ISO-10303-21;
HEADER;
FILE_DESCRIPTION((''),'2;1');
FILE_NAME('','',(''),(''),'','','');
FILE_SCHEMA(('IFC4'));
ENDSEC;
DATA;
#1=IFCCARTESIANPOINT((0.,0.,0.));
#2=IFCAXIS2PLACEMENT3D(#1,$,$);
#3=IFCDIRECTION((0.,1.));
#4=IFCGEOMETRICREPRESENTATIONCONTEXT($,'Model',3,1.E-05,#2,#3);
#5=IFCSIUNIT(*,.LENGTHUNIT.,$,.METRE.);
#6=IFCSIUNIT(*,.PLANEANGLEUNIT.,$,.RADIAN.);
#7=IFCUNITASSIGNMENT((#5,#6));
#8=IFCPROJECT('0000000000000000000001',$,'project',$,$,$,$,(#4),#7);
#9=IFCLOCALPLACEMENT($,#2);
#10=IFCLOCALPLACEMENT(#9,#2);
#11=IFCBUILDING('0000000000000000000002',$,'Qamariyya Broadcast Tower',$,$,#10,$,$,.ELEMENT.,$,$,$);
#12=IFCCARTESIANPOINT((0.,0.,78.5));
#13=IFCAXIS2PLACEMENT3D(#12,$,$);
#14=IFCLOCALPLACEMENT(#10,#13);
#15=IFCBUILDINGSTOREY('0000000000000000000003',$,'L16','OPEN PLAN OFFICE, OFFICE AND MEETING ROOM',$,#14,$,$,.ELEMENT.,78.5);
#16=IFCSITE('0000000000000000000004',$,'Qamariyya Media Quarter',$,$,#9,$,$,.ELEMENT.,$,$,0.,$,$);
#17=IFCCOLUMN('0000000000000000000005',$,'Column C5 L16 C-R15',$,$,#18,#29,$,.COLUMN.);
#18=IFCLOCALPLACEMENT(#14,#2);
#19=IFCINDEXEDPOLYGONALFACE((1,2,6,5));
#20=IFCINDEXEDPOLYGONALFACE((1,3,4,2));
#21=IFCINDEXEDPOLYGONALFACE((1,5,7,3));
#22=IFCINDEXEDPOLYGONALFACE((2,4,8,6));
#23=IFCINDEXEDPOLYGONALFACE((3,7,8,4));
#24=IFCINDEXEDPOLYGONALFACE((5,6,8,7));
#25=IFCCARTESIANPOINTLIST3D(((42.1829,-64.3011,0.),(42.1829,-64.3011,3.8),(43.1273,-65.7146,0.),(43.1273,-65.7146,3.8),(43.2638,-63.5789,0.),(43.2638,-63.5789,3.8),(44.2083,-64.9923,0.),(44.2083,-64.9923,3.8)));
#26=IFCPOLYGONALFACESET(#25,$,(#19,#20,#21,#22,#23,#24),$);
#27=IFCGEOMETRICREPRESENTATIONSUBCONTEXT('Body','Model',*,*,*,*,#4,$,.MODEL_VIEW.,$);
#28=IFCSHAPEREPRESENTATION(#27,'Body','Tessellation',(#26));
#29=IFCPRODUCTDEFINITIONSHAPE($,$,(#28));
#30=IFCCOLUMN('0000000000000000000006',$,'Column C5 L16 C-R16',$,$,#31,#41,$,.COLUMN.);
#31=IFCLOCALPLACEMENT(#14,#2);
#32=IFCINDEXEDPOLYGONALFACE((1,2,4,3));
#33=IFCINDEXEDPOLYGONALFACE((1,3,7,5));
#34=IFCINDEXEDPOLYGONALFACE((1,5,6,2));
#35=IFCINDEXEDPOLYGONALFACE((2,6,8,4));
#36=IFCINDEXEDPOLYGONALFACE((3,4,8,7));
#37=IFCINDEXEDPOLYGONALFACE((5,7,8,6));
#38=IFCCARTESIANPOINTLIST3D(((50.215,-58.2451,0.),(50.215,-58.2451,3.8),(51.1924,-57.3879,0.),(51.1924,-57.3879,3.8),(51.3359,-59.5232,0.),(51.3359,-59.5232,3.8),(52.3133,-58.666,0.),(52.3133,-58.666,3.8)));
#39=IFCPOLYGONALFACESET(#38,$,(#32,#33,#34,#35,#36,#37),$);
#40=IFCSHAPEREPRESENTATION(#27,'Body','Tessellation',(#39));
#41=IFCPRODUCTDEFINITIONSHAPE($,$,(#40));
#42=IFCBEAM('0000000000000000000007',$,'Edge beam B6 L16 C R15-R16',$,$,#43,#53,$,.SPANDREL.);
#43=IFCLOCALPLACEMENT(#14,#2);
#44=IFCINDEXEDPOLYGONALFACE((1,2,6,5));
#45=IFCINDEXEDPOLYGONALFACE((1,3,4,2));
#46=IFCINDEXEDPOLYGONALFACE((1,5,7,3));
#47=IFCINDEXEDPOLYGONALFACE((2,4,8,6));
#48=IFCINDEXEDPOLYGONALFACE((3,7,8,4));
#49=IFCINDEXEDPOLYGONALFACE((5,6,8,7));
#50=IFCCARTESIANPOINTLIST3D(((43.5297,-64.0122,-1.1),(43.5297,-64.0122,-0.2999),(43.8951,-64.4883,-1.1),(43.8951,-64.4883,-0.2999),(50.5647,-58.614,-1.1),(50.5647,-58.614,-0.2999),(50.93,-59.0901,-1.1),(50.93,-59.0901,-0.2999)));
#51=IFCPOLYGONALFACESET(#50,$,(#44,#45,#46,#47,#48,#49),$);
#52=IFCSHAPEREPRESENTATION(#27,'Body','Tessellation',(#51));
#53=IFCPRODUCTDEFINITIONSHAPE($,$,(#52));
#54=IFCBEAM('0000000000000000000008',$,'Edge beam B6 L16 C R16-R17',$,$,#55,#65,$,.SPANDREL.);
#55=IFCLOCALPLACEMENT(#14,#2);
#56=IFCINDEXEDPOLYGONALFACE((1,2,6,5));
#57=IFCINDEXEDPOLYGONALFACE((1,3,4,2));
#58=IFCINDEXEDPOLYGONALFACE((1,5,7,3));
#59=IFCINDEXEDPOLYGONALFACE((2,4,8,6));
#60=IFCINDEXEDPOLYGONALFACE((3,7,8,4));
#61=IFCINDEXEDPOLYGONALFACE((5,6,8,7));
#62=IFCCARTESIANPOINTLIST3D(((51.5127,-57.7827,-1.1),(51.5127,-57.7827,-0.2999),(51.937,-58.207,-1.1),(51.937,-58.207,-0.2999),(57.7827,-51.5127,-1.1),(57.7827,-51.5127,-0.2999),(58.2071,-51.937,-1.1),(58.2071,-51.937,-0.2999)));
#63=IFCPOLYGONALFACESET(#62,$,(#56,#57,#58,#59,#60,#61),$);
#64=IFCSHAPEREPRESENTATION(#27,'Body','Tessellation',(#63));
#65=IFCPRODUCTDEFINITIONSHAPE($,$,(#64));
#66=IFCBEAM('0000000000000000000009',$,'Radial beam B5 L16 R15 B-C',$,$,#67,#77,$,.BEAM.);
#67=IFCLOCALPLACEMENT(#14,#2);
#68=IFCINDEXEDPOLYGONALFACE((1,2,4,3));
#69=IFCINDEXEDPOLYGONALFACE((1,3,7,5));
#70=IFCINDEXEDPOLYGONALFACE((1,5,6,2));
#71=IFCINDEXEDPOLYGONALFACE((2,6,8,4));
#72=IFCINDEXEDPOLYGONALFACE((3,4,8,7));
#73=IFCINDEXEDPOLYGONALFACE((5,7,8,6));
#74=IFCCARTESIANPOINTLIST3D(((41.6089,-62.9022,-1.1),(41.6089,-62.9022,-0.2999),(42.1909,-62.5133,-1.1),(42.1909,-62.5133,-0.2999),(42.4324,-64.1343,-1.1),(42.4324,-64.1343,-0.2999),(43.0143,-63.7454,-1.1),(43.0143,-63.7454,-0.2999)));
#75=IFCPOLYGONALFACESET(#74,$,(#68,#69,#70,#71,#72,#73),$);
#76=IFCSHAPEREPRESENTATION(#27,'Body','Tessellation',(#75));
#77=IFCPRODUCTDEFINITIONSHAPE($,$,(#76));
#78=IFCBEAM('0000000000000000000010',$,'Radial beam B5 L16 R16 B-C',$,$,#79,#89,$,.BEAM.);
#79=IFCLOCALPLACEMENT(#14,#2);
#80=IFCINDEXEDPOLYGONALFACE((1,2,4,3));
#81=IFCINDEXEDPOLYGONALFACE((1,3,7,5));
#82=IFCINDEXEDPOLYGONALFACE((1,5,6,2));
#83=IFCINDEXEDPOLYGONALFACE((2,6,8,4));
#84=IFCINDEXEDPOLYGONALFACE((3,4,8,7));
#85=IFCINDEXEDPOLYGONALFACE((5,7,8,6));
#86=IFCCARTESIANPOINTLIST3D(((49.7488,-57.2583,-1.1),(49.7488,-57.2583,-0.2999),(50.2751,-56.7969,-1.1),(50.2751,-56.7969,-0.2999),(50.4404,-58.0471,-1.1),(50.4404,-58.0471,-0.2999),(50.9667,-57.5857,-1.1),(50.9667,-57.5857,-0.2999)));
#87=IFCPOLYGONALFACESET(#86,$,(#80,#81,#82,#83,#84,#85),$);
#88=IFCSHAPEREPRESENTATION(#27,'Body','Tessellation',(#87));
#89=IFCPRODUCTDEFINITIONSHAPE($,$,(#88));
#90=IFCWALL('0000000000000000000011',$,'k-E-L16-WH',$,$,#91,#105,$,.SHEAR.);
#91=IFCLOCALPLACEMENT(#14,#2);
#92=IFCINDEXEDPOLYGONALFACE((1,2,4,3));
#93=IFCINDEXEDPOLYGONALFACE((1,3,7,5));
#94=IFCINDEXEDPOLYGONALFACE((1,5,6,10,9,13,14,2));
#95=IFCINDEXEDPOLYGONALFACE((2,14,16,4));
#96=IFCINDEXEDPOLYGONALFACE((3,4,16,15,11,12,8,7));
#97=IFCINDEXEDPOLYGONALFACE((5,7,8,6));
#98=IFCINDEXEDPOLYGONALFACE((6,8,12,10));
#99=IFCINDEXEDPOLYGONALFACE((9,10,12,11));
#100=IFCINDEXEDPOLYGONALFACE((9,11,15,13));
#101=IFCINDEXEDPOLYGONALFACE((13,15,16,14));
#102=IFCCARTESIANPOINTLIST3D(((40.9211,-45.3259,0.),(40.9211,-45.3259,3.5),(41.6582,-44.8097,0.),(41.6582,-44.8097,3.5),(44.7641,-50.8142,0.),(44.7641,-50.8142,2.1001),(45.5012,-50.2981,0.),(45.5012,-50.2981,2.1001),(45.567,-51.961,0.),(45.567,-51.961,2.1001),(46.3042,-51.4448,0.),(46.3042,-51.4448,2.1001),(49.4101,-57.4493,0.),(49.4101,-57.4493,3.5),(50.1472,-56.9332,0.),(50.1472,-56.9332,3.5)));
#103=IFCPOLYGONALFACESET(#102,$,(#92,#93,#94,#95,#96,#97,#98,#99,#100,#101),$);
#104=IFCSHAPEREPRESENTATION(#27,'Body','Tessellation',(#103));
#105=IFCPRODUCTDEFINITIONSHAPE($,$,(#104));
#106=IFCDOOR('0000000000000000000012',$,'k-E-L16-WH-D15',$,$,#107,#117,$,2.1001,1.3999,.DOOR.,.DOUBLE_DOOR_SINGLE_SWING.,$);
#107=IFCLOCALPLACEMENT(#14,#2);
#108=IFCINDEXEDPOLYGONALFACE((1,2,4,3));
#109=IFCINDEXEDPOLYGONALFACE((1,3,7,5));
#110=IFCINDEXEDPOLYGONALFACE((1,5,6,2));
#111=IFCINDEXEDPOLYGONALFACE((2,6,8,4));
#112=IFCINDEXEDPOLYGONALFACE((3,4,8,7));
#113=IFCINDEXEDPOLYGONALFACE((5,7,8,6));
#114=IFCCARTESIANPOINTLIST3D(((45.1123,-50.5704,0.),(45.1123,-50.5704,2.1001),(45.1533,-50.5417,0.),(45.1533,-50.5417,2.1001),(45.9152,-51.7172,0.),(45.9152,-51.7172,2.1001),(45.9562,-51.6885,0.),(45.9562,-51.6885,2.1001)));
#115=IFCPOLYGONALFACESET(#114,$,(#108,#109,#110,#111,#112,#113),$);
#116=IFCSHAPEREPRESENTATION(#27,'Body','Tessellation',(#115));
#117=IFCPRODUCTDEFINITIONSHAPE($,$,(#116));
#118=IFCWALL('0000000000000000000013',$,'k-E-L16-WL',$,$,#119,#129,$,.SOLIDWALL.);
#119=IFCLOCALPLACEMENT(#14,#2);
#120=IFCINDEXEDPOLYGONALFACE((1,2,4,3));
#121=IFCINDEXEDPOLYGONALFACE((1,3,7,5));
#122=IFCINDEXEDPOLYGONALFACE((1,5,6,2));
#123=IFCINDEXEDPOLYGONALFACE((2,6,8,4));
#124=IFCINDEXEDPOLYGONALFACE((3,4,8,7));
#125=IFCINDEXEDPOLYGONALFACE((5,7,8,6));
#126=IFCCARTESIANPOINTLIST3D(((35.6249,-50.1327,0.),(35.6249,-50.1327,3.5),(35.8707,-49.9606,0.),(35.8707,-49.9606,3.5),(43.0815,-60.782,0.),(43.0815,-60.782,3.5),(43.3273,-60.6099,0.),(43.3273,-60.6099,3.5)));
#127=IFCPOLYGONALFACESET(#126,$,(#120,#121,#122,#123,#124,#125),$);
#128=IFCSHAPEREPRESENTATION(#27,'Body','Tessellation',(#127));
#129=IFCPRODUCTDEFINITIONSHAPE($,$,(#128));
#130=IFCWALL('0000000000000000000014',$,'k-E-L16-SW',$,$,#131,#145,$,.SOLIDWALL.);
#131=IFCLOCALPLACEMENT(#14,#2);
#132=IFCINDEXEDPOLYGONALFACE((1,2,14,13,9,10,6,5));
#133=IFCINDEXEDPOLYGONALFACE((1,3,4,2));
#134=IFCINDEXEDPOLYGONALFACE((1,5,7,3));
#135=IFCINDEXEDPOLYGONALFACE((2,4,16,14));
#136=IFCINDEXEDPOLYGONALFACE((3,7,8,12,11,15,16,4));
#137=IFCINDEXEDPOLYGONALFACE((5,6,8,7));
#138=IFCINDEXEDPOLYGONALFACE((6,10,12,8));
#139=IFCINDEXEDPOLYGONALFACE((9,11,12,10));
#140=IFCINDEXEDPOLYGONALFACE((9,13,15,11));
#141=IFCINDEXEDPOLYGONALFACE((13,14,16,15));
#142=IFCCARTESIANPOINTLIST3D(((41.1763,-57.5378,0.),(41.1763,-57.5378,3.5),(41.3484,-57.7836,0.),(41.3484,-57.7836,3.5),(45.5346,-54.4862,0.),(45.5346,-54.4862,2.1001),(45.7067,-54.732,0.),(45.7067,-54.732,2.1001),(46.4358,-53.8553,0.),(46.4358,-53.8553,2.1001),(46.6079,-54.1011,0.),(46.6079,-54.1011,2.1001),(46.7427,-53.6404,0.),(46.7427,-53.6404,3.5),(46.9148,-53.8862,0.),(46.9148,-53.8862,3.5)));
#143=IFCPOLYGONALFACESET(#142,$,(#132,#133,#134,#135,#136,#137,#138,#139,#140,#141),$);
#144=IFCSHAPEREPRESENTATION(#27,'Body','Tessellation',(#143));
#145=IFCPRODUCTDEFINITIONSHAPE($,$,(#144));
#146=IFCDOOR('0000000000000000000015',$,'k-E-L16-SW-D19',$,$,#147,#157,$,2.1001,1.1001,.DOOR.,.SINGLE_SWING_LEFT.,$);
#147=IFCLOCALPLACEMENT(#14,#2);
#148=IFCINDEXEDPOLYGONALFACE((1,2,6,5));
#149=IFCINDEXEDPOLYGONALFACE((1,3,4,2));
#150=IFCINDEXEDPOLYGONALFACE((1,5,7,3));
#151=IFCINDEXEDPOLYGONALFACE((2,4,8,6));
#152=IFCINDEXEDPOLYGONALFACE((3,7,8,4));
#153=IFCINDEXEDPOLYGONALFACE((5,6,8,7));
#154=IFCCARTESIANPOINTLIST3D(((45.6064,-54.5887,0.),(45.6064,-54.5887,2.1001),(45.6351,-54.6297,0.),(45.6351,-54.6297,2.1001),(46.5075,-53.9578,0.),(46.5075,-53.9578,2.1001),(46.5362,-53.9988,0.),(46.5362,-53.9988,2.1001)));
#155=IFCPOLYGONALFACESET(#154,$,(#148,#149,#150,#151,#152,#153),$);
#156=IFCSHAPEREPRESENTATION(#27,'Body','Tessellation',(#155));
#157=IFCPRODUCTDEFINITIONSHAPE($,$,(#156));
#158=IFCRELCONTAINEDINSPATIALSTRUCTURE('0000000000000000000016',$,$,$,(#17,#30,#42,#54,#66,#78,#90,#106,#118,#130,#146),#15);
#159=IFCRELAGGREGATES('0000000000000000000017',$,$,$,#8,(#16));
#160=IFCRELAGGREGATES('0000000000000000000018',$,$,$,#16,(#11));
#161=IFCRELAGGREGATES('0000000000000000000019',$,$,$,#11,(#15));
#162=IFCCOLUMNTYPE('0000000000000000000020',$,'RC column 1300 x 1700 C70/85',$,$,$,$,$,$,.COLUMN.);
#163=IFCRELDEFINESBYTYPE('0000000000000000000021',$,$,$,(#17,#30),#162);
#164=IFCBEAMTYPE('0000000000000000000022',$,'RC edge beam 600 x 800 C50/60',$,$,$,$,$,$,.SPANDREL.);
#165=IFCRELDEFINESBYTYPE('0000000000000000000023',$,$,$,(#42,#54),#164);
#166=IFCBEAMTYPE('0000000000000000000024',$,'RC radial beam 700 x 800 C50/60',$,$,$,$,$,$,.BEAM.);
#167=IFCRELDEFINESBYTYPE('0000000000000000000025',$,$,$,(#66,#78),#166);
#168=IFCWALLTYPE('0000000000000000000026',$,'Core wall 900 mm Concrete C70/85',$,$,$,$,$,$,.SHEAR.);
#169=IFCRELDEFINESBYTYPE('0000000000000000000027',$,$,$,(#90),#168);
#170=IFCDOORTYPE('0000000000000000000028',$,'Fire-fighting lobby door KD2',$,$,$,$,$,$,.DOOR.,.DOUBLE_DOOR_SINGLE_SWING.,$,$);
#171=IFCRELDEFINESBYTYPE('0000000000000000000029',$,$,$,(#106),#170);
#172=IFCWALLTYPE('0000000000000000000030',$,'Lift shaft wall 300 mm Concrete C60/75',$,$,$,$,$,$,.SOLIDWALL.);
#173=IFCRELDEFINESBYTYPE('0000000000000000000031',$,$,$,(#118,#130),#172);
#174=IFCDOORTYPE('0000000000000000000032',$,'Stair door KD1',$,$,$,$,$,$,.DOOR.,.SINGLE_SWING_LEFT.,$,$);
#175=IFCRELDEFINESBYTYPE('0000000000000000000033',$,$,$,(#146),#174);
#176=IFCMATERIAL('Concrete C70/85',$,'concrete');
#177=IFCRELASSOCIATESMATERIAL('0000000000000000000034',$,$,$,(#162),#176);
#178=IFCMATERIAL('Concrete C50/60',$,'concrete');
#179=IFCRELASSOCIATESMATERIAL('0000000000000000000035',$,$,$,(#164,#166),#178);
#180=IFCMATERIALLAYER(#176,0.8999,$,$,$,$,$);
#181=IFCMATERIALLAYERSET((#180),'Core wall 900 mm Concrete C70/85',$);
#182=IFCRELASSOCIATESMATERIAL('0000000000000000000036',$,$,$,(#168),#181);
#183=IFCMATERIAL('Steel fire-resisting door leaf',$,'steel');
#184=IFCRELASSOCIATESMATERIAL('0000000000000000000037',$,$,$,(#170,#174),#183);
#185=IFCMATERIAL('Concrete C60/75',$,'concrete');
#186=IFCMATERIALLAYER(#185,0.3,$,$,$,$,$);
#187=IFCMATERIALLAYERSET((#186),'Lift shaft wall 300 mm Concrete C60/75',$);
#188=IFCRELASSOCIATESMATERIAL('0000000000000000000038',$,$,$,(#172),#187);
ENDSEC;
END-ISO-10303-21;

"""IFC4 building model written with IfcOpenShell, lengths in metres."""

from ifc_helpers import new_model, si_unit, direction, frame, frame_2d, origin, origin_2d, place, context, subcontext, project, spatial, rectangle, extrude, material, layer, layer_set, material_profile, profile_set, type_object, element, fill, save


model = new_model("IFC4")

# Units and contexts
model_context = context("Model", 3, precision=1e-05, world=origin(), true_north=direction((0.0, 1.0)))
body_context = subcontext(model_context, "Body", "Model", "MODEL_VIEW")
ifc_project = project(units=[si_unit("LENGTHUNIT", "METRE"), si_unit("PLANEANGLEUNIT", "RADIAN")], contexts=[model_context])

# Site, building, storey
site_placement = place(None, origin())
site = spatial("IfcSite", under=ifc_project, at=site_placement, Name="Qamariyya Media Quarter", CompositionType="ELEMENT", RefElevation=0.0)
building_placement = place(site_placement, origin())
building = spatial("IfcBuilding", under=site, at=building_placement, Name="Qamariyya Broadcast Tower", CompositionType="ELEMENT")
storey_placement = place(building_placement, frame((0.0, 0.0, 78.5)))
storey = spatial("IfcBuildingStorey", under=building, at=storey_placement, Name="L16", Description="OPEN PLAN OFFICE, OFFICE AND MEETING ROOM", CompositionType="ELEMENT", Elevation=78.5)

# Columns
ifc_material_1 = material(Name="Concrete C70/85", Category="concrete")
ifc_material_profile_1 = material_profile(ifc_material_1, rectangle(XDim=1.3, YDim=1.7, at=origin_2d()))
ifc_profile_set_1 = profile_set([ifc_material_profile_1], Name="Concrete C70/85")
column_type = type_object("IfcColumnType", Name="RC column 1300 x 1700 C70/85", PredefinedType="COLUMN", material=ifc_profile_set_1)
for number, where, z_axis, x_axis, name in (
    (1, (43.1956, -64.6467, 0.0), (0.0, 0.0, 1.0), (0.83147, 0.55557, 0.0), "Column C5 L16 C-R15"),
    (2, (51.2642, -58.4556, 0.0), (0.0, 0.0, 1.0), (0.75184, 0.659346, 0.0), "Column C5 L16 C-R16"),
):
    element("IfcColumn", number, at=place(storey_placement, frame(where, z_axis=z_axis, x_axis=x_axis)), inside=storey, type_object=column_type, Name=name, PredefinedType="COLUMN", context=body_context, shape_type="SweptSolid", body=[
        extrude(rectangle(XDim=1.3, YDim=1.7, at=origin_2d()), origin(), (0.0, 0.0, 1.0), 3.8),
    ])

# Beams
ifc_material_2 = material(Name="Concrete C50/60", Category="concrete")
ifc_material_profile_2 = material_profile(ifc_material_2, rectangle(XDim=0.6001, YDim=0.8, at=origin_2d()))
ifc_profile_set_2 = profile_set([ifc_material_profile_2], Name="Concrete C50/60")
beam_type_1 = type_object("IfcBeamType", Name="RC edge beam 600 x 800 C50/60", PredefinedType="SPANDREL", material=ifc_profile_set_2)
beam_1_placement = place(storey_placement, frame((43.7124, -64.2502, -0.7), z_axis=(0.793347, 0.60877, 0.0), x_axis=(-0.60877, 0.793347, 0.0)))
element("IfcBeam", 3, at=beam_1_placement, inside=storey, type_object=beam_type_1, Name="Edge beam B6 L16 C R15-R16", PredefinedType="SPANDREL", context=body_context, shape_type="SweptSolid", body=[
    extrude(rectangle(XDim=0.6001, YDim=0.8, at=origin_2d()), origin(), (0.0, 0.0, 1.0), 8.8674),
])
beam_2_placement = place(storey_placement, frame((51.7249, -57.9949, -0.7), z_axis=(0.707107, 0.707107, 0.0), x_axis=(-0.707107, 0.707107, 0.0)))
element("IfcBeam", 4, at=beam_2_placement, inside=storey, type_object=beam_type_1, Name="Edge beam B6 L16 C R16-R17", PredefinedType="SPANDREL", context=body_context, shape_type="SweptSolid", body=[
    extrude(rectangle(XDim=0.6001, YDim=0.8, at=origin_2d()), origin(), (0.0, 0.0, 1.0), 8.8672),
])
ifc_material_profile_3 = material_profile(ifc_material_2, rectangle(XDim=0.7, YDim=0.8, at=origin_2d()))
ifc_profile_set_3 = profile_set([ifc_material_profile_3], Name="Concrete C50/60")
beam_type_2 = type_object("IfcBeamType", Name="RC radial beam 700 x 800 C50/60", PredefinedType="BEAM", material=ifc_profile_set_3)
beam_3_placement = place(storey_placement, frame((41.8999, -62.7078, -0.7), z_axis=(0.55565, -0.831416, 0.0), x_axis=(0.831416, 0.55565, 0.0)))
element("IfcBeam", 5, at=beam_3_placement, inside=storey, type_object=beam_type_2, Name="Radial beam B5 L16 R15 B-C", PredefinedType="BEAM", context=body_context, shape_type="SweptSolid", body=[
    extrude(rectangle(XDim=0.7, YDim=0.8, at=origin_2d()), origin(), (0.0, 0.0, 1.0), 1.4819),
])
beam_4_placement = place(storey_placement, frame((50.012, -57.0276, -0.7), z_axis=(0.659279, -0.751899, 0.0), x_axis=(0.751899, 0.659279, 0.0)))
element("IfcBeam", 6, at=beam_4_placement, inside=storey, type_object=beam_type_2, Name="Radial beam B5 L16 R16 B-C", PredefinedType="BEAM", context=body_context, shape_type="SweptSolid", body=[
    extrude(rectangle(XDim=0.7, YDim=0.8, at=origin_2d()), origin(), (0.0, 0.0, 1.0), 1.0491),
])

# Wall, opening, door
ifc_layer_1 = layer(ifc_material_1, 0.8999)
ifc_layer_set_1 = layer_set([ifc_layer_1], Name="Core wall 900 mm Concrete C70/85")
wall_type_1 = type_object("IfcWallType", Name="Core wall 900 mm Concrete C70/85", PredefinedType="SHEAR", material=ifc_layer_set_1)
wall_1_placement = place(storey_placement, frame((49.7786, -57.1912, 0.0), z_axis=(0.0, 0.0, 1.0), x_axis=(-0.573577, 0.819151, 0.0)))
wall_1 = element("IfcWall", 7, at=wall_1_placement, inside=storey, type_object=wall_type_1, Name="k-E-L16-WH", PredefinedType="SHEAR", context=body_context, shape_type="SweptSolid", body=[
    extrude(rectangle(XDim=14.8, YDim=0.8999, at=frame_2d((7.3999, 0.0))), origin(), (0.0, 0.0, 1.0), 3.5),
])
opening_1_placement = place(wall_1_placement, frame((6.7, 0.0, 0.0)))
opening_1 = element("IfcOpeningElement", 8, at=opening_1_placement, cuts=wall_1, PredefinedType="OPENING", context=body_context, shape_type="SweptSolid", body=[
    extrude(rectangle(XDim=1.3999, YDim=2.1001, at=frame_2d((0.7, 1.05))), frame((0.0, 0.46, 0.0), z_axis=(0.0, -1.0, 0.0), x_axis=(1.0, 0.0, 0.0)), (0.0, 0.0, 1.0), 0.9199),
])
ifc_material_3 = material(Name="Steel fire-resisting door leaf", Category="steel")
door_type_1 = type_object("IfcDoorType", Name="Fire-fighting lobby door KD2", OperationType="DOUBLE_DOOR_SINGLE_SWING", PredefinedType="DOOR", material=ifc_material_3)
door_1_placement = place(opening_1_placement, origin())
door_1 = element("IfcDoor", 9, at=door_1_placement, inside=storey, type_object=door_type_1, Name="k-E-L16-WH-D15", OperationType="DOUBLE_DOOR_SINGLE_SWING", OverallHeight=2.1001, OverallWidth=1.3999, PredefinedType="DOOR", context=body_context, shape_type="SweptSolid", body=[
    extrude(rectangle(XDim=1.3999, YDim=2.1001, at=frame_2d((0.7, 1.05))), frame((0.0, 0.0249, 0.0), z_axis=(0.0, -1.0, 0.0), x_axis=(1.0, 0.0, 0.0)), (0.0, 0.0, 1.0), 0.05),
])
fill(opening_1, door_1)

# Wall
ifc_material_4 = material(Name="Concrete C60/75", Category="concrete")
ifc_layer_2 = layer(ifc_material_4, 0.3)
ifc_layer_set_2 = layer_set([ifc_layer_2], Name="Lift shaft wall 300 mm Concrete C60/75")
wall_type_2 = type_object("IfcWallType", Name="Lift shaft wall 300 mm Concrete C60/75", PredefinedType="SOLIDWALL", material=ifc_layer_set_2)
wall_2_placement = place(storey_placement, frame((43.2043, -60.6958, 0.0), z_axis=(0.0, 0.0, 1.0), x_axis=(-0.573572, 0.819155, 0.0)))
element("IfcWall", 10, at=wall_2_placement, inside=storey, type_object=wall_type_2, Name="k-E-L16-WL", PredefinedType="SOLIDWALL", context=body_context, shape_type="SweptSolid", body=[
    extrude(rectangle(XDim=13.0002, YDim=0.3, at=frame_2d((6.5, 0.0))), origin(), (0.0, 0.0, 1.0), 3.5),
])

# Wall, opening, door
wall_3_placement = place(storey_placement, frame((41.2625, -57.6606, 0.0), z_axis=(0.0, 0.0, 1.0), x_axis=(0.819164, 0.573559, 0.0)))
wall_3 = element("IfcWall", 11, at=wall_3_placement, inside=storey, type_object=wall_type_2, Name="k-E-L16-SW", PredefinedType="SOLIDWALL", context=body_context, shape_type="SweptSolid", body=[
    extrude(rectangle(XDim=6.7952, YDim=0.3, at=frame_2d((3.3975, 0.0))), origin(), (0.0, 0.0, 1.0), 3.5),
])
opening_2_placement = place(wall_3_placement, frame((5.3203, 0.0, 0.0)))
opening_2 = element("IfcOpeningElement", 12, at=opening_2_placement, cuts=wall_3, PredefinedType="OPENING", context=body_context, shape_type="SweptSolid", body=[
    extrude(rectangle(XDim=1.1001, YDim=2.1001, at=frame_2d((0.55, 1.05))), frame((0.0, 0.1599, 0.0), z_axis=(0.0, -1.0, 0.0), x_axis=(1.0, 0.0, 0.0)), (0.0, 0.0, 1.0), 0.3201),
])
door_type_2 = type_object("IfcDoorType", Name="Stair door KD1", OperationType="SINGLE_SWING_LEFT", PredefinedType="DOOR", material=ifc_material_3)
door_2_placement = place(opening_2_placement, origin())
door_2 = element("IfcDoor", 13, at=door_2_placement, inside=storey, type_object=door_type_2, Name="k-E-L16-SW-D19", OperationType="SINGLE_SWING_LEFT", OverallHeight=2.1001, OverallWidth=1.1001, PredefinedType="DOOR", context=body_context, shape_type="SweptSolid", body=[
    extrude(rectangle(XDim=1.1001, YDim=2.1001, at=frame_2d((0.55, 1.05))), frame((0.0, 0.0249, 0.0), z_axis=(0.0, -1.0, 0.0), x_axis=(1.0, 0.0, 0.0)), (0.0, 0.0, 1.0), 0.05),
])
fill(opening_2, door_2)

save(model, "model.ifc")
